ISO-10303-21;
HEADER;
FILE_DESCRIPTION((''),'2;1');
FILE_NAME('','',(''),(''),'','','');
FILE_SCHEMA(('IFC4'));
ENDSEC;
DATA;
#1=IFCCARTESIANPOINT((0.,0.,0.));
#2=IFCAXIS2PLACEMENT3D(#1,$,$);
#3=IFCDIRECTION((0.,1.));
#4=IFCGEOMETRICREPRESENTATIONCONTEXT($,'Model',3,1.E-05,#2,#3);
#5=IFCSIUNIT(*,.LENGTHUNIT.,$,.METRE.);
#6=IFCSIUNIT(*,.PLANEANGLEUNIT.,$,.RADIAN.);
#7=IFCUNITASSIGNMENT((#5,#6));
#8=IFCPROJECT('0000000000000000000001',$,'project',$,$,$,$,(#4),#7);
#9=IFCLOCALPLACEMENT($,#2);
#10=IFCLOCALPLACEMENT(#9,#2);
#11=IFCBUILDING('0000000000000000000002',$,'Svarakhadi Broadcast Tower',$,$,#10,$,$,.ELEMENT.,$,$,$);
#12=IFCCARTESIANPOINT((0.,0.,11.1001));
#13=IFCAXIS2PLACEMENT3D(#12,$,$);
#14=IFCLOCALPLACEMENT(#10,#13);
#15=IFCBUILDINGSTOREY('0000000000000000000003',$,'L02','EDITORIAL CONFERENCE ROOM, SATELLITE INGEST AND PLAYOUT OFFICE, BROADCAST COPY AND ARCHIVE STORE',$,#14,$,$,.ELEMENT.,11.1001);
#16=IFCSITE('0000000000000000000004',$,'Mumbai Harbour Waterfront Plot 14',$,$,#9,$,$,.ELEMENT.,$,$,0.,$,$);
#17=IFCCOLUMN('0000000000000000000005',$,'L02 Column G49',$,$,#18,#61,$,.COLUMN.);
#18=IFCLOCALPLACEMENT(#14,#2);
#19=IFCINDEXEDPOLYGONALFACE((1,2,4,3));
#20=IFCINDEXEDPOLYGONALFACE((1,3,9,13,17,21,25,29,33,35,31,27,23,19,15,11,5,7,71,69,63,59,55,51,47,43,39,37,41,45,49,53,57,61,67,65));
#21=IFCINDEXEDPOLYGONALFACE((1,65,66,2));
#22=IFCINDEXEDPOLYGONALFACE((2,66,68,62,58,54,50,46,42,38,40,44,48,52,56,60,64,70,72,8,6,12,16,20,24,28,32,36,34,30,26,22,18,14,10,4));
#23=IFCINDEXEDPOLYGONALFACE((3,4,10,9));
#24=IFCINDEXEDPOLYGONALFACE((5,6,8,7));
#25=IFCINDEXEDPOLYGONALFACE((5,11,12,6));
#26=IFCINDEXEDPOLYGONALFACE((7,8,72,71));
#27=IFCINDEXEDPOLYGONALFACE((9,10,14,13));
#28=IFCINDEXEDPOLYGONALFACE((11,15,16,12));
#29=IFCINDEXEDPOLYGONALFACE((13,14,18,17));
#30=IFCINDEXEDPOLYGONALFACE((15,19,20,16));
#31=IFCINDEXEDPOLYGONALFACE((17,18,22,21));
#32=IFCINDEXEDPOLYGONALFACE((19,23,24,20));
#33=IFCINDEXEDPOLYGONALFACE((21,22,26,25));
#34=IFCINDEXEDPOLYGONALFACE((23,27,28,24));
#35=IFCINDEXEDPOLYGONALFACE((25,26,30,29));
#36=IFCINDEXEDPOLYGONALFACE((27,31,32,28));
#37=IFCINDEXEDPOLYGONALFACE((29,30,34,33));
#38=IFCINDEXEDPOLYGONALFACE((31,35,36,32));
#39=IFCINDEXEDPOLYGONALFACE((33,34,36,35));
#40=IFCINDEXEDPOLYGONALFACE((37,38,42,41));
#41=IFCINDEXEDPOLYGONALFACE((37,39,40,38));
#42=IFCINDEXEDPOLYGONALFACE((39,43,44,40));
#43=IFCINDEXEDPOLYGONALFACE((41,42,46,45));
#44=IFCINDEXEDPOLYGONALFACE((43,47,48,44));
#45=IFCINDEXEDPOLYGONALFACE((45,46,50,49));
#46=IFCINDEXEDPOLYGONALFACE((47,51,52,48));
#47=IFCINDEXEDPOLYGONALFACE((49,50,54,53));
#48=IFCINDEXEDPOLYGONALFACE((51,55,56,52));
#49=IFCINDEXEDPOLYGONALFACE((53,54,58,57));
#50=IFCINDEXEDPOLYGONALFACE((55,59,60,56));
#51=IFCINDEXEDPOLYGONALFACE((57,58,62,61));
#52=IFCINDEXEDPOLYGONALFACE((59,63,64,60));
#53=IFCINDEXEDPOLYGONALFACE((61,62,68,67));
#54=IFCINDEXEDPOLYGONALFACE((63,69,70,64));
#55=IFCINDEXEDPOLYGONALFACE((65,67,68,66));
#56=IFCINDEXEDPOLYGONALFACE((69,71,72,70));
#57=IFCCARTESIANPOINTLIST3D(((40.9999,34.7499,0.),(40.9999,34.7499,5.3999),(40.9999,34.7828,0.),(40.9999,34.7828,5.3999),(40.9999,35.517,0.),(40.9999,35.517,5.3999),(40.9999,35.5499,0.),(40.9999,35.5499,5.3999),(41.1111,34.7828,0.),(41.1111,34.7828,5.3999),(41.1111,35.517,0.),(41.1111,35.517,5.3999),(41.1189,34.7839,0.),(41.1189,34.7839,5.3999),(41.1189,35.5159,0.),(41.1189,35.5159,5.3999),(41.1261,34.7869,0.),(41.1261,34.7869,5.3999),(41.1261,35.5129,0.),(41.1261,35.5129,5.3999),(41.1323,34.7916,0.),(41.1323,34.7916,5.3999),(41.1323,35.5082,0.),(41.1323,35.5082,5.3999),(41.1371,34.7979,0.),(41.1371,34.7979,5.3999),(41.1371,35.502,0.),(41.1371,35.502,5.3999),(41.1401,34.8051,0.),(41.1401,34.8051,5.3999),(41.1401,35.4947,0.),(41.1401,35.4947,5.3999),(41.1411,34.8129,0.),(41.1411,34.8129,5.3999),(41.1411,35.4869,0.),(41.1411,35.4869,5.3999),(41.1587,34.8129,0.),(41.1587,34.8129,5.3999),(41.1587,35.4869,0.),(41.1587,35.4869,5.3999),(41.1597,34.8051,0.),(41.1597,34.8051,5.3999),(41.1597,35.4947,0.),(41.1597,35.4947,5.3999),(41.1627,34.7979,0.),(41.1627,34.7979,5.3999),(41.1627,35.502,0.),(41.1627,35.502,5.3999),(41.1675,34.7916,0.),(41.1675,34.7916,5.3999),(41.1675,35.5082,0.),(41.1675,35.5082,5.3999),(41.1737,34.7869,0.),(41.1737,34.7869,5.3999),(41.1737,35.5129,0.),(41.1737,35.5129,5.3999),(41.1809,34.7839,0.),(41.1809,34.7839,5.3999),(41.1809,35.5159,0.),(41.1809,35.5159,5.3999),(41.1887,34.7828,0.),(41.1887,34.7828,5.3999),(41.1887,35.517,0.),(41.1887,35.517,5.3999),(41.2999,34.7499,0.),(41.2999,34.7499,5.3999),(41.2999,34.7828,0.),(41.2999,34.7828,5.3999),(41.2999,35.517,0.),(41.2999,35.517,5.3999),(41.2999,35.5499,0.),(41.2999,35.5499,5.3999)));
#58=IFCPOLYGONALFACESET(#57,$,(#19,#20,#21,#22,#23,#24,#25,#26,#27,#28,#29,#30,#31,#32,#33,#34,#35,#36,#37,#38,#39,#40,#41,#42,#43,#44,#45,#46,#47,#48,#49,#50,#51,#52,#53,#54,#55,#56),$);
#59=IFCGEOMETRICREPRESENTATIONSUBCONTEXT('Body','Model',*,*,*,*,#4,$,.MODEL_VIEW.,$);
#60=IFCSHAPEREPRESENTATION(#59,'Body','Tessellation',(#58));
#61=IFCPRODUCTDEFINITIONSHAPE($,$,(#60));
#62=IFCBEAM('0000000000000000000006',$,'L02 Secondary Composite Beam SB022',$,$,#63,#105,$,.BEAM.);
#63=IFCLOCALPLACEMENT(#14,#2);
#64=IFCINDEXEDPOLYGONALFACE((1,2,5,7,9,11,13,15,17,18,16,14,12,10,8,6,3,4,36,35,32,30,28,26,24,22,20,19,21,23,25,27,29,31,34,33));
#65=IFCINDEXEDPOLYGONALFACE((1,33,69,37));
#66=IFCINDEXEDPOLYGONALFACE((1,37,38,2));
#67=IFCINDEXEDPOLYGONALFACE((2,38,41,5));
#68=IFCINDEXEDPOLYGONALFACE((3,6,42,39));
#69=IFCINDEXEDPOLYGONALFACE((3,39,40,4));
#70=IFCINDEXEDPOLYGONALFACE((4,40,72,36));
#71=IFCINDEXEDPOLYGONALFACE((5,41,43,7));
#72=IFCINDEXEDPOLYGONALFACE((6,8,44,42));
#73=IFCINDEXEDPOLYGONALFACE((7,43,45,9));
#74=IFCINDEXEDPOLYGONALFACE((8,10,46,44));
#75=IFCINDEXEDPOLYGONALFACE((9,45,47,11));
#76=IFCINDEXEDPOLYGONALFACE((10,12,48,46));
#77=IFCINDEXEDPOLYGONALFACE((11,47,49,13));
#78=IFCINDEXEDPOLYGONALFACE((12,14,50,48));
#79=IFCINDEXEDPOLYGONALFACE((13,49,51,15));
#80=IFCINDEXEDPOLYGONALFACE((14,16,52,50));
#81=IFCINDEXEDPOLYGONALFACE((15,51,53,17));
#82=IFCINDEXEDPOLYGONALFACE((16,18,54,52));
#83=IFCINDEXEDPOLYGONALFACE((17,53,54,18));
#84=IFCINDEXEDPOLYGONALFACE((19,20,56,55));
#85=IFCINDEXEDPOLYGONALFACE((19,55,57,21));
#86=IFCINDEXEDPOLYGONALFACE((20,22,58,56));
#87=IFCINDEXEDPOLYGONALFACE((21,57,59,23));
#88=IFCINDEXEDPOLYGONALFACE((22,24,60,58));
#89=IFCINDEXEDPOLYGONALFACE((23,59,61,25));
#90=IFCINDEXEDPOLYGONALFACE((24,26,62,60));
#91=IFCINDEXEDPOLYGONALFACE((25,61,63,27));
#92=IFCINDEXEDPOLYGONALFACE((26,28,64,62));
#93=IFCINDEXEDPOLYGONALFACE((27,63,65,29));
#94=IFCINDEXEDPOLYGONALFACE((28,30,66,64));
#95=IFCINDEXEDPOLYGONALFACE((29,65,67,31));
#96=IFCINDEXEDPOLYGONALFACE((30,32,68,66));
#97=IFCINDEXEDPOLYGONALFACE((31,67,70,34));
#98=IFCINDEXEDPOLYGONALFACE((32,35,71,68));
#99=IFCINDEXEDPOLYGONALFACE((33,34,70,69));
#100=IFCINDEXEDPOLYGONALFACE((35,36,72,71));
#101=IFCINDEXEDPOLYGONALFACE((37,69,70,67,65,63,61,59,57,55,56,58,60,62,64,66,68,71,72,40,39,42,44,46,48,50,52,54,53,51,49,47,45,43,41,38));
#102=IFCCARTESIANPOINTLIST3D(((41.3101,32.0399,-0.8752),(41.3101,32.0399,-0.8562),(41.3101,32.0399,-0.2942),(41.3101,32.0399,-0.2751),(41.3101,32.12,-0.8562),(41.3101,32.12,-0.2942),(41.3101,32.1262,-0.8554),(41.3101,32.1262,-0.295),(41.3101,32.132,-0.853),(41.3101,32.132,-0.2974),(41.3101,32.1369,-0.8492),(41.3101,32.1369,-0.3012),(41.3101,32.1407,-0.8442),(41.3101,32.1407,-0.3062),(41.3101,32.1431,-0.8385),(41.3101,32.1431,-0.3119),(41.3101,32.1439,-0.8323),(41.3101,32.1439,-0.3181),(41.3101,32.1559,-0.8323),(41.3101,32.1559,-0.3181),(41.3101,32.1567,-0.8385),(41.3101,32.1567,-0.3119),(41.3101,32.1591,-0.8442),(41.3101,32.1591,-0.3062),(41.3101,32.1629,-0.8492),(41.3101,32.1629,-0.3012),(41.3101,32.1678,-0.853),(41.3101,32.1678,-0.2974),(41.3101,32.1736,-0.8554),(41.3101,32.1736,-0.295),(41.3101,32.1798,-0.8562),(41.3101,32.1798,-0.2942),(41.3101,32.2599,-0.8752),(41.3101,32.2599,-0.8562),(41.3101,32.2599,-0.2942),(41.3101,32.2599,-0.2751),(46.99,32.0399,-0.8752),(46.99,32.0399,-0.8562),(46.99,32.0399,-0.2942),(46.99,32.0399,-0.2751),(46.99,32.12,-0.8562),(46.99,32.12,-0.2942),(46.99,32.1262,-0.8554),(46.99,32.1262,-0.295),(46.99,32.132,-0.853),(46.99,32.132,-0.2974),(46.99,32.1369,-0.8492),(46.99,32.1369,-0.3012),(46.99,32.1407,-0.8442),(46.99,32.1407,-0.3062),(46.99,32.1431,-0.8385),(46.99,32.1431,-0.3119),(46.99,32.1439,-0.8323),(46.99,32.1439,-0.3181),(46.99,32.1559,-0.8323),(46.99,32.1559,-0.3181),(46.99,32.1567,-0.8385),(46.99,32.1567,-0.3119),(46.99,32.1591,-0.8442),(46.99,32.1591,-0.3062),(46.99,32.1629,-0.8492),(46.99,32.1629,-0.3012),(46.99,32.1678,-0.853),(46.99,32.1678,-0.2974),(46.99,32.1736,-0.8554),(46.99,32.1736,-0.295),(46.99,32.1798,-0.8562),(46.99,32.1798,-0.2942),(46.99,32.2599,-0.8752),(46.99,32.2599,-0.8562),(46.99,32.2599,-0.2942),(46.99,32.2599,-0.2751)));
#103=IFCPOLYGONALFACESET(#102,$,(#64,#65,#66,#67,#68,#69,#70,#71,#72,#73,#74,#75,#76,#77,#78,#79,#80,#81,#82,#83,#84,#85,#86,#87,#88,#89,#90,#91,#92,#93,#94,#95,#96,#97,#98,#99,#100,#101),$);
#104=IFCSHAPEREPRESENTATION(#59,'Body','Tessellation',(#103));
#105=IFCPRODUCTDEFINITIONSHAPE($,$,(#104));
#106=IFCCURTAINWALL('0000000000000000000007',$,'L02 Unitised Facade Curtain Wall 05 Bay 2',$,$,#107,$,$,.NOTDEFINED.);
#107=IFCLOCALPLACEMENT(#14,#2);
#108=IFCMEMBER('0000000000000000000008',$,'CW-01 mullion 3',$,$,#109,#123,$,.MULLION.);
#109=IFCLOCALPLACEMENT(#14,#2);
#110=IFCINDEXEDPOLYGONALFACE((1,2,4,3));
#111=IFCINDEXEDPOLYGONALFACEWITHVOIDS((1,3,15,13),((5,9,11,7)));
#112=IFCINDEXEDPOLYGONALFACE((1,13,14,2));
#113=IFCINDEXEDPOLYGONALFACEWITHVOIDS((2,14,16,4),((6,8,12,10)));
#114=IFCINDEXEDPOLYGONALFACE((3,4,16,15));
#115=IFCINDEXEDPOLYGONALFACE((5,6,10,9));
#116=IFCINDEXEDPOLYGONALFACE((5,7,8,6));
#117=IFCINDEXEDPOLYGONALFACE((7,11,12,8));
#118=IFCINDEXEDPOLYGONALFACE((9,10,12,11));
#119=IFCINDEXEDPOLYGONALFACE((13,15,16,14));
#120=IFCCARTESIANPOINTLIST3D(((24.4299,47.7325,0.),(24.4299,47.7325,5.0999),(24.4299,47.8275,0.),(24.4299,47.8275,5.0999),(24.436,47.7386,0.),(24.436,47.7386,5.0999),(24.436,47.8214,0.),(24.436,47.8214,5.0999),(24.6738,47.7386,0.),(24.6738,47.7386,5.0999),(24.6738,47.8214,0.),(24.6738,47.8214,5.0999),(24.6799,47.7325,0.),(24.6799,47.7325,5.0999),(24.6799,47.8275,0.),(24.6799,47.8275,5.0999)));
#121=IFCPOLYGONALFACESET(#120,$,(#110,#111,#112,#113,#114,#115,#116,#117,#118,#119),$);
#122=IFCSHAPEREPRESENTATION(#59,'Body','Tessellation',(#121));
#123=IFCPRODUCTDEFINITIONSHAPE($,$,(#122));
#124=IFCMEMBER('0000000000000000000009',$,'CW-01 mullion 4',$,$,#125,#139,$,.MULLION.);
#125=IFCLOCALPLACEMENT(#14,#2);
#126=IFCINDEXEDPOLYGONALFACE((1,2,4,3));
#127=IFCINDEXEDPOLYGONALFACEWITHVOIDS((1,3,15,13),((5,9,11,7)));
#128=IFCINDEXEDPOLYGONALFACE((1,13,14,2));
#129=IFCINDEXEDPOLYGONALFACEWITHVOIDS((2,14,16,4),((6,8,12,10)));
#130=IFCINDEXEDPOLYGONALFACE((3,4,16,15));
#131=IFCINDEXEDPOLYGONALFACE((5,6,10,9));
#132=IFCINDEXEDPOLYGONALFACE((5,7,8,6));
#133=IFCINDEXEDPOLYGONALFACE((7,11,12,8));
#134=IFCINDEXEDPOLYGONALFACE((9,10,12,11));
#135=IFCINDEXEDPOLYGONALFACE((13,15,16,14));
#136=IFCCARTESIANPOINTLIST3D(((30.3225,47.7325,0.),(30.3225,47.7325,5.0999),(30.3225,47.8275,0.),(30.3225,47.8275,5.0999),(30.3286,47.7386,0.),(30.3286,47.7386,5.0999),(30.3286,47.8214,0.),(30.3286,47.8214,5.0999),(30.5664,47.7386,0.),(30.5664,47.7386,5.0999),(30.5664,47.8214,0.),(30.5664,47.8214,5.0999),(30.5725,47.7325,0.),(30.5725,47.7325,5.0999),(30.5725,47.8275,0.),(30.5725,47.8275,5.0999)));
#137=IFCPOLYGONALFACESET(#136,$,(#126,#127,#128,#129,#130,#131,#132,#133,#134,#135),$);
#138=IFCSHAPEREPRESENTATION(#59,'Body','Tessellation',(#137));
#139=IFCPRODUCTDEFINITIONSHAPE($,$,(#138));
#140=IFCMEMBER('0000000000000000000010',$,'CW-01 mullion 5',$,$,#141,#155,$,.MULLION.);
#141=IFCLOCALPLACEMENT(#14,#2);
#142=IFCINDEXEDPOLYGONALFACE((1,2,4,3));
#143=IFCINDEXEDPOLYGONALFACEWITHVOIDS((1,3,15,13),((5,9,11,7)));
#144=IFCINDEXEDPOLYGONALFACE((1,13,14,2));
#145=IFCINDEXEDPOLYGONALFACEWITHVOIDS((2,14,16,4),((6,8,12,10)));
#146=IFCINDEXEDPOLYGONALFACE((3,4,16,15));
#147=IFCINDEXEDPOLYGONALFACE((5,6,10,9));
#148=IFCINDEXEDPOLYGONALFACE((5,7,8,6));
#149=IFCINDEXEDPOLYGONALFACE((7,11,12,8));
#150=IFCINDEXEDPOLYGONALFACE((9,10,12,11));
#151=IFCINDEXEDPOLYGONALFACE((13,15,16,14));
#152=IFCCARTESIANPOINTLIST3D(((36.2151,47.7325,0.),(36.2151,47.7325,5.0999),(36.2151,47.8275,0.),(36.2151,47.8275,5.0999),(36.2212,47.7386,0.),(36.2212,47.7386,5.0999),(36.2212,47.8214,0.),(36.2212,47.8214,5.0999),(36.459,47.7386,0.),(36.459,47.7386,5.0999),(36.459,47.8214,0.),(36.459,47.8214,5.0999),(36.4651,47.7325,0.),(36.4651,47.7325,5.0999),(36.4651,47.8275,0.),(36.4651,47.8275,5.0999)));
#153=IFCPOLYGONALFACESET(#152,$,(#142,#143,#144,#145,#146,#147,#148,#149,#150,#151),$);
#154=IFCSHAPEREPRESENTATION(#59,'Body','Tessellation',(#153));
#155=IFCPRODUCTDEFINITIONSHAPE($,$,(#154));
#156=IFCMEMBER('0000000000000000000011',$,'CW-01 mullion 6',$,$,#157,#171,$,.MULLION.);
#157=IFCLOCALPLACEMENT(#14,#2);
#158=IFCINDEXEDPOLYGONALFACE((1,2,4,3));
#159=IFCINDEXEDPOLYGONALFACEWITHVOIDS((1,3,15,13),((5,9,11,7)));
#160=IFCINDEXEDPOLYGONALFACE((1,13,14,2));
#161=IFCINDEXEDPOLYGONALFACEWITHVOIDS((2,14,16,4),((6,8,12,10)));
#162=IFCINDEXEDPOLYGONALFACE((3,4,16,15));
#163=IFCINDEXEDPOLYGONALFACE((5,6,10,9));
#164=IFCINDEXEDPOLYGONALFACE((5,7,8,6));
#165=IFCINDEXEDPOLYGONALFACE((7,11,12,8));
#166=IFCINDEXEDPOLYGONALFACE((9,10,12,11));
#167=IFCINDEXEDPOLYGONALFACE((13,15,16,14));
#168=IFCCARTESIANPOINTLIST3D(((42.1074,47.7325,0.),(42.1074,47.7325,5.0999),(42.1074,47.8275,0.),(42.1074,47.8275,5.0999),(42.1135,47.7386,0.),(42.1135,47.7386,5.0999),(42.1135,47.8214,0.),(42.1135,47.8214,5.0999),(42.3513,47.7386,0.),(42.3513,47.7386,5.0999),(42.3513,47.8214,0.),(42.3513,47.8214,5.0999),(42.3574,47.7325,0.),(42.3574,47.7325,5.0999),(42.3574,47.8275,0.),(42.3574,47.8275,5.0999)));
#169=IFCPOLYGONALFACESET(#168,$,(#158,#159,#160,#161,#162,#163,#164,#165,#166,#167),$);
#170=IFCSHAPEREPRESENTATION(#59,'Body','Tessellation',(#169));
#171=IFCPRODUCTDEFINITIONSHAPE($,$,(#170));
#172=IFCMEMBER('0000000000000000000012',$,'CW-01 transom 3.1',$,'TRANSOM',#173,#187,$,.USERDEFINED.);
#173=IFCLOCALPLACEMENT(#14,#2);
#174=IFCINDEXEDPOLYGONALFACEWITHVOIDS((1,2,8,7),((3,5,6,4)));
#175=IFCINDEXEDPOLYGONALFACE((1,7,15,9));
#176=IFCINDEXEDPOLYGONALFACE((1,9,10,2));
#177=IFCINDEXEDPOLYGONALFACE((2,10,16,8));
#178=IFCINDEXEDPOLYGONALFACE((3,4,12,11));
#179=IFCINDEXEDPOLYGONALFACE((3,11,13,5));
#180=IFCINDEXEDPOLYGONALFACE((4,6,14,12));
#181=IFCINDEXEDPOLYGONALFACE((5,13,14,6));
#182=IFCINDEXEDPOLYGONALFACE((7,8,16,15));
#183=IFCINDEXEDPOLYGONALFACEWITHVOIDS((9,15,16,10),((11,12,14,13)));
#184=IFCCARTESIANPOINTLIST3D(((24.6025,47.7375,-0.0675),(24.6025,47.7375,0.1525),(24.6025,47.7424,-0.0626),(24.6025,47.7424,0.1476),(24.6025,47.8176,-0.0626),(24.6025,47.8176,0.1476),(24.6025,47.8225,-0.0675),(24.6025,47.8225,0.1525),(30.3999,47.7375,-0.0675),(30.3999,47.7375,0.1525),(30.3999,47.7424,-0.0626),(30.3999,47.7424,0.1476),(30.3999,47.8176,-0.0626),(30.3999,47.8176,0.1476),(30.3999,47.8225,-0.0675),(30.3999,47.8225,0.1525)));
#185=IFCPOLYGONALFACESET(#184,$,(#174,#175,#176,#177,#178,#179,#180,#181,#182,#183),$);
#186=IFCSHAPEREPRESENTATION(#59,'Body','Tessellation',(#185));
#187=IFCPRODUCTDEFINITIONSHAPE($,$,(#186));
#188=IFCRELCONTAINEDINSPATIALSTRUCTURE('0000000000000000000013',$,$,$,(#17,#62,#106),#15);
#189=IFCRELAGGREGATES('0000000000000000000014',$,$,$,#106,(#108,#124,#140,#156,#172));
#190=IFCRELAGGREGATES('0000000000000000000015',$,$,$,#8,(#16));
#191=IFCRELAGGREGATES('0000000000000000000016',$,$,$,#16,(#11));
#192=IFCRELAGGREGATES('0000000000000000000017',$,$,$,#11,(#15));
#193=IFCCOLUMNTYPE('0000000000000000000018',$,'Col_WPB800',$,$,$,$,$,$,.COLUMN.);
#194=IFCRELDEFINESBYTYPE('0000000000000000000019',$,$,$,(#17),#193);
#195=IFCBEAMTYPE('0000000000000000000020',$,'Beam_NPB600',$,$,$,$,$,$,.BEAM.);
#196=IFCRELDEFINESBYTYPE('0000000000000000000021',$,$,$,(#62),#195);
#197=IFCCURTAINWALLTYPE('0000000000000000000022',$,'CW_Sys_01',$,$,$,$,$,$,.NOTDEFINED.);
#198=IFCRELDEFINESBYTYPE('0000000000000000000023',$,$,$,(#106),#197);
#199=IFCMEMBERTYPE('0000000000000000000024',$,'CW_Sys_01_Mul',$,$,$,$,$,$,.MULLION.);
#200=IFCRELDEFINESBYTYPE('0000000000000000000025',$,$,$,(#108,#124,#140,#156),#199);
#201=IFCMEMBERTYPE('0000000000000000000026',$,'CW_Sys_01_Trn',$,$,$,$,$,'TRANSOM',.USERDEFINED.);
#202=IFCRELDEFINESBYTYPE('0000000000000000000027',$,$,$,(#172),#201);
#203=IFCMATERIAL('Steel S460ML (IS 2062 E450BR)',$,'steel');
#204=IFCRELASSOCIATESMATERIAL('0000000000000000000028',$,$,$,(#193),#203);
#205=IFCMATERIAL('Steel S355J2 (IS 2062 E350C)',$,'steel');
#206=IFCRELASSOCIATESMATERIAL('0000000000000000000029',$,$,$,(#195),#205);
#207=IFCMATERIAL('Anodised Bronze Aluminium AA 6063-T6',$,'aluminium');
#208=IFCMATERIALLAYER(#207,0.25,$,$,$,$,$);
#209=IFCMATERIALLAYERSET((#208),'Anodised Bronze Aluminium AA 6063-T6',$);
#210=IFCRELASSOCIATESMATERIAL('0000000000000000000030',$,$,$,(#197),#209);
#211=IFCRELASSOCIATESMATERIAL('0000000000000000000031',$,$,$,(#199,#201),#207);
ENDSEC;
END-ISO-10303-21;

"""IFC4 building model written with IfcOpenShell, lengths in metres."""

from ifc_helpers import new_model, si_unit, direction, frame, origin, origin_2d, place, context, subcontext, project, spatial, hollow_rectangle, i_section, extrude, material, layer, layer_set, material_profile, profile_set, type_object, element, aggregate, save


model = new_model("IFC4")

# Units and contexts
model_context = context("Model", 3, precision=1e-05, world=origin(), true_north=direction((0.0, 1.0)))
body_context = subcontext(model_context, "Body", "Model", "MODEL_VIEW")
ifc_project = project(units=[si_unit("LENGTHUNIT", "METRE"), si_unit("PLANEANGLEUNIT", "RADIAN")], contexts=[model_context])

# Site, building, storey
site_placement = place(None, origin())
site = spatial("IfcSite", under=ifc_project, at=site_placement, Name="Mumbai Harbour Waterfront Plot 14", CompositionType="ELEMENT", RefElevation=0.0)
building_placement = place(site_placement, origin())
building = spatial("IfcBuilding", under=site, at=building_placement, Name="Svarakhadi Broadcast Tower", CompositionType="ELEMENT")
storey_placement = place(building_placement, frame((0.0, 0.0, 11.1001)))
storey = spatial("IfcBuildingStorey", under=building, at=storey_placement, Name="L02", Description="EDITORIAL CONFERENCE ROOM, SATELLITE INGEST AND PLAYOUT OFFICE, BROADCAST COPY AND ARCHIVE STORE", CompositionType="ELEMENT", Elevation=11.1001)

# Column
ifc_material_1 = material(Name="Steel S460ML (IS 2062 E450BR)", Category="steel")
ifc_material_profile_1 = material_profile(ifc_material_1, i_section(OverallWidth=0.3, OverallDepth=0.8, WebThickness=0.0176, FlangeThickness=0.033, FilletRadius=0.03, at=origin_2d()), Name="WPB 800x300x262")
ifc_profile_set_1 = profile_set([ifc_material_profile_1], Name="Steel S460ML (IS 2062 E450BR)")
column_type = type_object("IfcColumnType", Name="Col_WPB800", PredefinedType="COLUMN", material=ifc_profile_set_1)
column_placement = place(storey_placement, frame((41.1499, 35.1499, 0.0), z_axis=(0.0, 0.0, 1.0), x_axis=(1.0, 0.0, 0.0)))
element("IfcColumn", 1, at=column_placement, inside=storey, type_object=column_type, Name="L02 Column G49", PredefinedType="COLUMN", context=body_context, shape_type="SweptSolid", body=[
    extrude(i_section(OverallWidth=0.3, OverallDepth=0.8, WebThickness=0.0176, FlangeThickness=0.033, FilletRadius=0.03, at=origin_2d()), origin(), (0.0, 0.0, 1.0), 5.3999),
])

# Beam
ifc_material_2 = material(Name="Steel S355J2 (IS 2062 E350C)", Category="steel")
ifc_material_profile_2 = material_profile(ifc_material_2, i_section(OverallWidth=0.22, OverallDepth=0.6001, WebThickness=0.012, FlangeThickness=0.019, FilletRadius=0.0239, at=origin_2d()), Name="NPB 600x220x122")
ifc_profile_set_2 = profile_set([ifc_material_profile_2], Name="Steel S355J2 (IS 2062 E350C)")
beam_type_1 = type_object("IfcBeamType", Name="Beam_NPB600", PredefinedType="BEAM", material=ifc_profile_set_2)
beam_1_placement = place(storey_placement, frame((41.3101, 32.1499, -0.5752), z_axis=(1.0, 0.0, 0.0), x_axis=(0.0, 1.0, 0.0)))
element("IfcBeam", 2, at=beam_1_placement, inside=storey, type_object=beam_type_1, Name="L02 Secondary Composite Beam SB022", PredefinedType="BEAM", context=body_context, shape_type="SweptSolid", body=[
    extrude(i_section(OverallWidth=0.22, OverallDepth=0.6001, WebThickness=0.012, FlangeThickness=0.019, FilletRadius=0.0239, at=origin_2d()), origin(), (0.0, 0.0, 1.0), 5.6799),
])

# Curtain wall, members
ifc_material_3 = material(Name="Anodised Bronze Aluminium AA 6063-T6", Category="aluminium")
ifc_layer_1 = layer(ifc_material_3, 0.25)
ifc_layer_set_1 = layer_set([ifc_layer_1], Name="Anodised Bronze Aluminium AA 6063-T6")
curtain_wall_type = type_object("IfcCurtainWallType", Name="CW_Sys_01", PredefinedType="NOTDEFINED", material=ifc_layer_set_1)
curtain_wall_placement = place(storey_placement, origin())
curtain_wall = element("IfcCurtainWall", 3, at=curtain_wall_placement, inside=storey, type_object=curtain_wall_type, Name="L02 Unitised Facade Curtain Wall 05 Bay 2", PredefinedType="NOTDEFINED")
ifc_material_profile_3 = material_profile(ifc_material_3, hollow_rectangle(XDim=0.095, YDim=0.25, WallThickness=0.0061, at=origin_2d()), Name="ALU MULLION 250x95x6")
ifc_profile_set_3 = profile_set([ifc_material_profile_3], Name="Anodised Bronze Aluminium AA 6063-T6")
member_type_1 = type_object("IfcMemberType", Name="CW_Sys_01_Mul", PredefinedType="MULLION", material=ifc_profile_set_3)
member_1_placement = place(storey_placement, frame((24.5549, 47.78, 0.0), z_axis=(0.0, 0.0, 1.0), x_axis=(0.0, 1.0, 0.0)))
member_1 = element("IfcMember", 4, at=member_1_placement, type_object=member_type_1, Name="CW-01 mullion 3", PredefinedType="MULLION", context=body_context, shape_type="SweptSolid", body=[
    extrude(hollow_rectangle(XDim=0.095, YDim=0.25, WallThickness=0.0061, at=origin_2d()), origin(), (0.0, 0.0, 1.0), 5.0999),
])
member_2_placement = place(storey_placement, frame((30.4475, 47.78, 0.0), z_axis=(0.0, 0.0, 1.0), x_axis=(0.0, 1.0, 0.0)))
member_2 = element("IfcMember", 5, at=member_2_placement, type_object=member_type_1, Name="CW-01 mullion 4", PredefinedType="MULLION", context=body_context, shape_type="SweptSolid", body=[
    extrude(hollow_rectangle(XDim=0.095, YDim=0.25, WallThickness=0.0061, at=origin_2d()), origin(), (0.0, 0.0, 1.0), 5.0999),
])
member_3_placement = place(storey_placement, frame((36.3401, 47.78, 0.0), z_axis=(0.0, 0.0, 1.0), x_axis=(0.0, 1.0, 0.0)))
member_3 = element("IfcMember", 6, at=member_3_placement, type_object=member_type_1, Name="CW-01 mullion 5", PredefinedType="MULLION", context=body_context, shape_type="SweptSolid", body=[
    extrude(hollow_rectangle(XDim=0.095, YDim=0.25, WallThickness=0.0061, at=origin_2d()), origin(), (0.0, 0.0, 1.0), 5.0999),
])
member_4_placement = place(storey_placement, frame((42.2324, 47.78, 0.0), z_axis=(0.0, 0.0, 1.0), x_axis=(0.0, 1.0, 0.0)))
member_4 = element("IfcMember", 7, at=member_4_placement, type_object=member_type_1, Name="CW-01 mullion 6", PredefinedType="MULLION", context=body_context, shape_type="SweptSolid", body=[
    extrude(hollow_rectangle(XDim=0.095, YDim=0.25, WallThickness=0.0061, at=origin_2d()), origin(), (0.0, 0.0, 1.0), 5.0999),
])
ifc_material_profile_4 = material_profile(ifc_material_3, hollow_rectangle(XDim=0.085, YDim=0.22, WallThickness=0.0049, at=origin_2d()), Name="ALU TRANSOM 220x85x5")
ifc_profile_set_4 = profile_set([ifc_material_profile_4], Name="Anodised Bronze Aluminium AA 6063-T6")
member_type_2 = type_object("IfcMemberType", Name="CW_Sys_01_Trn", ElementType="TRANSOM", PredefinedType="USERDEFINED", material=ifc_profile_set_4)
member_5_placement = place(storey_placement, frame((24.6025, 47.78, 0.0425), z_axis=(1.0, 0.0, 0.0), x_axis=(0.0, 1.0, 0.0)))
member_5 = element("IfcMember", 8, at=member_5_placement, type_object=member_type_2, Name="CW-01 transom 3.1", ObjectType="TRANSOM", PredefinedType="USERDEFINED", context=body_context, shape_type="SweptSolid", body=[
    extrude(hollow_rectangle(XDim=0.085, YDim=0.22, WallThickness=0.0049, at=origin_2d()), origin(), (0.0, 0.0, 1.0), 5.7974),
])

aggregate(curtain_wall, [member_1, member_2, member_3, member_4, member_5])

save(model, "model.ifc")
